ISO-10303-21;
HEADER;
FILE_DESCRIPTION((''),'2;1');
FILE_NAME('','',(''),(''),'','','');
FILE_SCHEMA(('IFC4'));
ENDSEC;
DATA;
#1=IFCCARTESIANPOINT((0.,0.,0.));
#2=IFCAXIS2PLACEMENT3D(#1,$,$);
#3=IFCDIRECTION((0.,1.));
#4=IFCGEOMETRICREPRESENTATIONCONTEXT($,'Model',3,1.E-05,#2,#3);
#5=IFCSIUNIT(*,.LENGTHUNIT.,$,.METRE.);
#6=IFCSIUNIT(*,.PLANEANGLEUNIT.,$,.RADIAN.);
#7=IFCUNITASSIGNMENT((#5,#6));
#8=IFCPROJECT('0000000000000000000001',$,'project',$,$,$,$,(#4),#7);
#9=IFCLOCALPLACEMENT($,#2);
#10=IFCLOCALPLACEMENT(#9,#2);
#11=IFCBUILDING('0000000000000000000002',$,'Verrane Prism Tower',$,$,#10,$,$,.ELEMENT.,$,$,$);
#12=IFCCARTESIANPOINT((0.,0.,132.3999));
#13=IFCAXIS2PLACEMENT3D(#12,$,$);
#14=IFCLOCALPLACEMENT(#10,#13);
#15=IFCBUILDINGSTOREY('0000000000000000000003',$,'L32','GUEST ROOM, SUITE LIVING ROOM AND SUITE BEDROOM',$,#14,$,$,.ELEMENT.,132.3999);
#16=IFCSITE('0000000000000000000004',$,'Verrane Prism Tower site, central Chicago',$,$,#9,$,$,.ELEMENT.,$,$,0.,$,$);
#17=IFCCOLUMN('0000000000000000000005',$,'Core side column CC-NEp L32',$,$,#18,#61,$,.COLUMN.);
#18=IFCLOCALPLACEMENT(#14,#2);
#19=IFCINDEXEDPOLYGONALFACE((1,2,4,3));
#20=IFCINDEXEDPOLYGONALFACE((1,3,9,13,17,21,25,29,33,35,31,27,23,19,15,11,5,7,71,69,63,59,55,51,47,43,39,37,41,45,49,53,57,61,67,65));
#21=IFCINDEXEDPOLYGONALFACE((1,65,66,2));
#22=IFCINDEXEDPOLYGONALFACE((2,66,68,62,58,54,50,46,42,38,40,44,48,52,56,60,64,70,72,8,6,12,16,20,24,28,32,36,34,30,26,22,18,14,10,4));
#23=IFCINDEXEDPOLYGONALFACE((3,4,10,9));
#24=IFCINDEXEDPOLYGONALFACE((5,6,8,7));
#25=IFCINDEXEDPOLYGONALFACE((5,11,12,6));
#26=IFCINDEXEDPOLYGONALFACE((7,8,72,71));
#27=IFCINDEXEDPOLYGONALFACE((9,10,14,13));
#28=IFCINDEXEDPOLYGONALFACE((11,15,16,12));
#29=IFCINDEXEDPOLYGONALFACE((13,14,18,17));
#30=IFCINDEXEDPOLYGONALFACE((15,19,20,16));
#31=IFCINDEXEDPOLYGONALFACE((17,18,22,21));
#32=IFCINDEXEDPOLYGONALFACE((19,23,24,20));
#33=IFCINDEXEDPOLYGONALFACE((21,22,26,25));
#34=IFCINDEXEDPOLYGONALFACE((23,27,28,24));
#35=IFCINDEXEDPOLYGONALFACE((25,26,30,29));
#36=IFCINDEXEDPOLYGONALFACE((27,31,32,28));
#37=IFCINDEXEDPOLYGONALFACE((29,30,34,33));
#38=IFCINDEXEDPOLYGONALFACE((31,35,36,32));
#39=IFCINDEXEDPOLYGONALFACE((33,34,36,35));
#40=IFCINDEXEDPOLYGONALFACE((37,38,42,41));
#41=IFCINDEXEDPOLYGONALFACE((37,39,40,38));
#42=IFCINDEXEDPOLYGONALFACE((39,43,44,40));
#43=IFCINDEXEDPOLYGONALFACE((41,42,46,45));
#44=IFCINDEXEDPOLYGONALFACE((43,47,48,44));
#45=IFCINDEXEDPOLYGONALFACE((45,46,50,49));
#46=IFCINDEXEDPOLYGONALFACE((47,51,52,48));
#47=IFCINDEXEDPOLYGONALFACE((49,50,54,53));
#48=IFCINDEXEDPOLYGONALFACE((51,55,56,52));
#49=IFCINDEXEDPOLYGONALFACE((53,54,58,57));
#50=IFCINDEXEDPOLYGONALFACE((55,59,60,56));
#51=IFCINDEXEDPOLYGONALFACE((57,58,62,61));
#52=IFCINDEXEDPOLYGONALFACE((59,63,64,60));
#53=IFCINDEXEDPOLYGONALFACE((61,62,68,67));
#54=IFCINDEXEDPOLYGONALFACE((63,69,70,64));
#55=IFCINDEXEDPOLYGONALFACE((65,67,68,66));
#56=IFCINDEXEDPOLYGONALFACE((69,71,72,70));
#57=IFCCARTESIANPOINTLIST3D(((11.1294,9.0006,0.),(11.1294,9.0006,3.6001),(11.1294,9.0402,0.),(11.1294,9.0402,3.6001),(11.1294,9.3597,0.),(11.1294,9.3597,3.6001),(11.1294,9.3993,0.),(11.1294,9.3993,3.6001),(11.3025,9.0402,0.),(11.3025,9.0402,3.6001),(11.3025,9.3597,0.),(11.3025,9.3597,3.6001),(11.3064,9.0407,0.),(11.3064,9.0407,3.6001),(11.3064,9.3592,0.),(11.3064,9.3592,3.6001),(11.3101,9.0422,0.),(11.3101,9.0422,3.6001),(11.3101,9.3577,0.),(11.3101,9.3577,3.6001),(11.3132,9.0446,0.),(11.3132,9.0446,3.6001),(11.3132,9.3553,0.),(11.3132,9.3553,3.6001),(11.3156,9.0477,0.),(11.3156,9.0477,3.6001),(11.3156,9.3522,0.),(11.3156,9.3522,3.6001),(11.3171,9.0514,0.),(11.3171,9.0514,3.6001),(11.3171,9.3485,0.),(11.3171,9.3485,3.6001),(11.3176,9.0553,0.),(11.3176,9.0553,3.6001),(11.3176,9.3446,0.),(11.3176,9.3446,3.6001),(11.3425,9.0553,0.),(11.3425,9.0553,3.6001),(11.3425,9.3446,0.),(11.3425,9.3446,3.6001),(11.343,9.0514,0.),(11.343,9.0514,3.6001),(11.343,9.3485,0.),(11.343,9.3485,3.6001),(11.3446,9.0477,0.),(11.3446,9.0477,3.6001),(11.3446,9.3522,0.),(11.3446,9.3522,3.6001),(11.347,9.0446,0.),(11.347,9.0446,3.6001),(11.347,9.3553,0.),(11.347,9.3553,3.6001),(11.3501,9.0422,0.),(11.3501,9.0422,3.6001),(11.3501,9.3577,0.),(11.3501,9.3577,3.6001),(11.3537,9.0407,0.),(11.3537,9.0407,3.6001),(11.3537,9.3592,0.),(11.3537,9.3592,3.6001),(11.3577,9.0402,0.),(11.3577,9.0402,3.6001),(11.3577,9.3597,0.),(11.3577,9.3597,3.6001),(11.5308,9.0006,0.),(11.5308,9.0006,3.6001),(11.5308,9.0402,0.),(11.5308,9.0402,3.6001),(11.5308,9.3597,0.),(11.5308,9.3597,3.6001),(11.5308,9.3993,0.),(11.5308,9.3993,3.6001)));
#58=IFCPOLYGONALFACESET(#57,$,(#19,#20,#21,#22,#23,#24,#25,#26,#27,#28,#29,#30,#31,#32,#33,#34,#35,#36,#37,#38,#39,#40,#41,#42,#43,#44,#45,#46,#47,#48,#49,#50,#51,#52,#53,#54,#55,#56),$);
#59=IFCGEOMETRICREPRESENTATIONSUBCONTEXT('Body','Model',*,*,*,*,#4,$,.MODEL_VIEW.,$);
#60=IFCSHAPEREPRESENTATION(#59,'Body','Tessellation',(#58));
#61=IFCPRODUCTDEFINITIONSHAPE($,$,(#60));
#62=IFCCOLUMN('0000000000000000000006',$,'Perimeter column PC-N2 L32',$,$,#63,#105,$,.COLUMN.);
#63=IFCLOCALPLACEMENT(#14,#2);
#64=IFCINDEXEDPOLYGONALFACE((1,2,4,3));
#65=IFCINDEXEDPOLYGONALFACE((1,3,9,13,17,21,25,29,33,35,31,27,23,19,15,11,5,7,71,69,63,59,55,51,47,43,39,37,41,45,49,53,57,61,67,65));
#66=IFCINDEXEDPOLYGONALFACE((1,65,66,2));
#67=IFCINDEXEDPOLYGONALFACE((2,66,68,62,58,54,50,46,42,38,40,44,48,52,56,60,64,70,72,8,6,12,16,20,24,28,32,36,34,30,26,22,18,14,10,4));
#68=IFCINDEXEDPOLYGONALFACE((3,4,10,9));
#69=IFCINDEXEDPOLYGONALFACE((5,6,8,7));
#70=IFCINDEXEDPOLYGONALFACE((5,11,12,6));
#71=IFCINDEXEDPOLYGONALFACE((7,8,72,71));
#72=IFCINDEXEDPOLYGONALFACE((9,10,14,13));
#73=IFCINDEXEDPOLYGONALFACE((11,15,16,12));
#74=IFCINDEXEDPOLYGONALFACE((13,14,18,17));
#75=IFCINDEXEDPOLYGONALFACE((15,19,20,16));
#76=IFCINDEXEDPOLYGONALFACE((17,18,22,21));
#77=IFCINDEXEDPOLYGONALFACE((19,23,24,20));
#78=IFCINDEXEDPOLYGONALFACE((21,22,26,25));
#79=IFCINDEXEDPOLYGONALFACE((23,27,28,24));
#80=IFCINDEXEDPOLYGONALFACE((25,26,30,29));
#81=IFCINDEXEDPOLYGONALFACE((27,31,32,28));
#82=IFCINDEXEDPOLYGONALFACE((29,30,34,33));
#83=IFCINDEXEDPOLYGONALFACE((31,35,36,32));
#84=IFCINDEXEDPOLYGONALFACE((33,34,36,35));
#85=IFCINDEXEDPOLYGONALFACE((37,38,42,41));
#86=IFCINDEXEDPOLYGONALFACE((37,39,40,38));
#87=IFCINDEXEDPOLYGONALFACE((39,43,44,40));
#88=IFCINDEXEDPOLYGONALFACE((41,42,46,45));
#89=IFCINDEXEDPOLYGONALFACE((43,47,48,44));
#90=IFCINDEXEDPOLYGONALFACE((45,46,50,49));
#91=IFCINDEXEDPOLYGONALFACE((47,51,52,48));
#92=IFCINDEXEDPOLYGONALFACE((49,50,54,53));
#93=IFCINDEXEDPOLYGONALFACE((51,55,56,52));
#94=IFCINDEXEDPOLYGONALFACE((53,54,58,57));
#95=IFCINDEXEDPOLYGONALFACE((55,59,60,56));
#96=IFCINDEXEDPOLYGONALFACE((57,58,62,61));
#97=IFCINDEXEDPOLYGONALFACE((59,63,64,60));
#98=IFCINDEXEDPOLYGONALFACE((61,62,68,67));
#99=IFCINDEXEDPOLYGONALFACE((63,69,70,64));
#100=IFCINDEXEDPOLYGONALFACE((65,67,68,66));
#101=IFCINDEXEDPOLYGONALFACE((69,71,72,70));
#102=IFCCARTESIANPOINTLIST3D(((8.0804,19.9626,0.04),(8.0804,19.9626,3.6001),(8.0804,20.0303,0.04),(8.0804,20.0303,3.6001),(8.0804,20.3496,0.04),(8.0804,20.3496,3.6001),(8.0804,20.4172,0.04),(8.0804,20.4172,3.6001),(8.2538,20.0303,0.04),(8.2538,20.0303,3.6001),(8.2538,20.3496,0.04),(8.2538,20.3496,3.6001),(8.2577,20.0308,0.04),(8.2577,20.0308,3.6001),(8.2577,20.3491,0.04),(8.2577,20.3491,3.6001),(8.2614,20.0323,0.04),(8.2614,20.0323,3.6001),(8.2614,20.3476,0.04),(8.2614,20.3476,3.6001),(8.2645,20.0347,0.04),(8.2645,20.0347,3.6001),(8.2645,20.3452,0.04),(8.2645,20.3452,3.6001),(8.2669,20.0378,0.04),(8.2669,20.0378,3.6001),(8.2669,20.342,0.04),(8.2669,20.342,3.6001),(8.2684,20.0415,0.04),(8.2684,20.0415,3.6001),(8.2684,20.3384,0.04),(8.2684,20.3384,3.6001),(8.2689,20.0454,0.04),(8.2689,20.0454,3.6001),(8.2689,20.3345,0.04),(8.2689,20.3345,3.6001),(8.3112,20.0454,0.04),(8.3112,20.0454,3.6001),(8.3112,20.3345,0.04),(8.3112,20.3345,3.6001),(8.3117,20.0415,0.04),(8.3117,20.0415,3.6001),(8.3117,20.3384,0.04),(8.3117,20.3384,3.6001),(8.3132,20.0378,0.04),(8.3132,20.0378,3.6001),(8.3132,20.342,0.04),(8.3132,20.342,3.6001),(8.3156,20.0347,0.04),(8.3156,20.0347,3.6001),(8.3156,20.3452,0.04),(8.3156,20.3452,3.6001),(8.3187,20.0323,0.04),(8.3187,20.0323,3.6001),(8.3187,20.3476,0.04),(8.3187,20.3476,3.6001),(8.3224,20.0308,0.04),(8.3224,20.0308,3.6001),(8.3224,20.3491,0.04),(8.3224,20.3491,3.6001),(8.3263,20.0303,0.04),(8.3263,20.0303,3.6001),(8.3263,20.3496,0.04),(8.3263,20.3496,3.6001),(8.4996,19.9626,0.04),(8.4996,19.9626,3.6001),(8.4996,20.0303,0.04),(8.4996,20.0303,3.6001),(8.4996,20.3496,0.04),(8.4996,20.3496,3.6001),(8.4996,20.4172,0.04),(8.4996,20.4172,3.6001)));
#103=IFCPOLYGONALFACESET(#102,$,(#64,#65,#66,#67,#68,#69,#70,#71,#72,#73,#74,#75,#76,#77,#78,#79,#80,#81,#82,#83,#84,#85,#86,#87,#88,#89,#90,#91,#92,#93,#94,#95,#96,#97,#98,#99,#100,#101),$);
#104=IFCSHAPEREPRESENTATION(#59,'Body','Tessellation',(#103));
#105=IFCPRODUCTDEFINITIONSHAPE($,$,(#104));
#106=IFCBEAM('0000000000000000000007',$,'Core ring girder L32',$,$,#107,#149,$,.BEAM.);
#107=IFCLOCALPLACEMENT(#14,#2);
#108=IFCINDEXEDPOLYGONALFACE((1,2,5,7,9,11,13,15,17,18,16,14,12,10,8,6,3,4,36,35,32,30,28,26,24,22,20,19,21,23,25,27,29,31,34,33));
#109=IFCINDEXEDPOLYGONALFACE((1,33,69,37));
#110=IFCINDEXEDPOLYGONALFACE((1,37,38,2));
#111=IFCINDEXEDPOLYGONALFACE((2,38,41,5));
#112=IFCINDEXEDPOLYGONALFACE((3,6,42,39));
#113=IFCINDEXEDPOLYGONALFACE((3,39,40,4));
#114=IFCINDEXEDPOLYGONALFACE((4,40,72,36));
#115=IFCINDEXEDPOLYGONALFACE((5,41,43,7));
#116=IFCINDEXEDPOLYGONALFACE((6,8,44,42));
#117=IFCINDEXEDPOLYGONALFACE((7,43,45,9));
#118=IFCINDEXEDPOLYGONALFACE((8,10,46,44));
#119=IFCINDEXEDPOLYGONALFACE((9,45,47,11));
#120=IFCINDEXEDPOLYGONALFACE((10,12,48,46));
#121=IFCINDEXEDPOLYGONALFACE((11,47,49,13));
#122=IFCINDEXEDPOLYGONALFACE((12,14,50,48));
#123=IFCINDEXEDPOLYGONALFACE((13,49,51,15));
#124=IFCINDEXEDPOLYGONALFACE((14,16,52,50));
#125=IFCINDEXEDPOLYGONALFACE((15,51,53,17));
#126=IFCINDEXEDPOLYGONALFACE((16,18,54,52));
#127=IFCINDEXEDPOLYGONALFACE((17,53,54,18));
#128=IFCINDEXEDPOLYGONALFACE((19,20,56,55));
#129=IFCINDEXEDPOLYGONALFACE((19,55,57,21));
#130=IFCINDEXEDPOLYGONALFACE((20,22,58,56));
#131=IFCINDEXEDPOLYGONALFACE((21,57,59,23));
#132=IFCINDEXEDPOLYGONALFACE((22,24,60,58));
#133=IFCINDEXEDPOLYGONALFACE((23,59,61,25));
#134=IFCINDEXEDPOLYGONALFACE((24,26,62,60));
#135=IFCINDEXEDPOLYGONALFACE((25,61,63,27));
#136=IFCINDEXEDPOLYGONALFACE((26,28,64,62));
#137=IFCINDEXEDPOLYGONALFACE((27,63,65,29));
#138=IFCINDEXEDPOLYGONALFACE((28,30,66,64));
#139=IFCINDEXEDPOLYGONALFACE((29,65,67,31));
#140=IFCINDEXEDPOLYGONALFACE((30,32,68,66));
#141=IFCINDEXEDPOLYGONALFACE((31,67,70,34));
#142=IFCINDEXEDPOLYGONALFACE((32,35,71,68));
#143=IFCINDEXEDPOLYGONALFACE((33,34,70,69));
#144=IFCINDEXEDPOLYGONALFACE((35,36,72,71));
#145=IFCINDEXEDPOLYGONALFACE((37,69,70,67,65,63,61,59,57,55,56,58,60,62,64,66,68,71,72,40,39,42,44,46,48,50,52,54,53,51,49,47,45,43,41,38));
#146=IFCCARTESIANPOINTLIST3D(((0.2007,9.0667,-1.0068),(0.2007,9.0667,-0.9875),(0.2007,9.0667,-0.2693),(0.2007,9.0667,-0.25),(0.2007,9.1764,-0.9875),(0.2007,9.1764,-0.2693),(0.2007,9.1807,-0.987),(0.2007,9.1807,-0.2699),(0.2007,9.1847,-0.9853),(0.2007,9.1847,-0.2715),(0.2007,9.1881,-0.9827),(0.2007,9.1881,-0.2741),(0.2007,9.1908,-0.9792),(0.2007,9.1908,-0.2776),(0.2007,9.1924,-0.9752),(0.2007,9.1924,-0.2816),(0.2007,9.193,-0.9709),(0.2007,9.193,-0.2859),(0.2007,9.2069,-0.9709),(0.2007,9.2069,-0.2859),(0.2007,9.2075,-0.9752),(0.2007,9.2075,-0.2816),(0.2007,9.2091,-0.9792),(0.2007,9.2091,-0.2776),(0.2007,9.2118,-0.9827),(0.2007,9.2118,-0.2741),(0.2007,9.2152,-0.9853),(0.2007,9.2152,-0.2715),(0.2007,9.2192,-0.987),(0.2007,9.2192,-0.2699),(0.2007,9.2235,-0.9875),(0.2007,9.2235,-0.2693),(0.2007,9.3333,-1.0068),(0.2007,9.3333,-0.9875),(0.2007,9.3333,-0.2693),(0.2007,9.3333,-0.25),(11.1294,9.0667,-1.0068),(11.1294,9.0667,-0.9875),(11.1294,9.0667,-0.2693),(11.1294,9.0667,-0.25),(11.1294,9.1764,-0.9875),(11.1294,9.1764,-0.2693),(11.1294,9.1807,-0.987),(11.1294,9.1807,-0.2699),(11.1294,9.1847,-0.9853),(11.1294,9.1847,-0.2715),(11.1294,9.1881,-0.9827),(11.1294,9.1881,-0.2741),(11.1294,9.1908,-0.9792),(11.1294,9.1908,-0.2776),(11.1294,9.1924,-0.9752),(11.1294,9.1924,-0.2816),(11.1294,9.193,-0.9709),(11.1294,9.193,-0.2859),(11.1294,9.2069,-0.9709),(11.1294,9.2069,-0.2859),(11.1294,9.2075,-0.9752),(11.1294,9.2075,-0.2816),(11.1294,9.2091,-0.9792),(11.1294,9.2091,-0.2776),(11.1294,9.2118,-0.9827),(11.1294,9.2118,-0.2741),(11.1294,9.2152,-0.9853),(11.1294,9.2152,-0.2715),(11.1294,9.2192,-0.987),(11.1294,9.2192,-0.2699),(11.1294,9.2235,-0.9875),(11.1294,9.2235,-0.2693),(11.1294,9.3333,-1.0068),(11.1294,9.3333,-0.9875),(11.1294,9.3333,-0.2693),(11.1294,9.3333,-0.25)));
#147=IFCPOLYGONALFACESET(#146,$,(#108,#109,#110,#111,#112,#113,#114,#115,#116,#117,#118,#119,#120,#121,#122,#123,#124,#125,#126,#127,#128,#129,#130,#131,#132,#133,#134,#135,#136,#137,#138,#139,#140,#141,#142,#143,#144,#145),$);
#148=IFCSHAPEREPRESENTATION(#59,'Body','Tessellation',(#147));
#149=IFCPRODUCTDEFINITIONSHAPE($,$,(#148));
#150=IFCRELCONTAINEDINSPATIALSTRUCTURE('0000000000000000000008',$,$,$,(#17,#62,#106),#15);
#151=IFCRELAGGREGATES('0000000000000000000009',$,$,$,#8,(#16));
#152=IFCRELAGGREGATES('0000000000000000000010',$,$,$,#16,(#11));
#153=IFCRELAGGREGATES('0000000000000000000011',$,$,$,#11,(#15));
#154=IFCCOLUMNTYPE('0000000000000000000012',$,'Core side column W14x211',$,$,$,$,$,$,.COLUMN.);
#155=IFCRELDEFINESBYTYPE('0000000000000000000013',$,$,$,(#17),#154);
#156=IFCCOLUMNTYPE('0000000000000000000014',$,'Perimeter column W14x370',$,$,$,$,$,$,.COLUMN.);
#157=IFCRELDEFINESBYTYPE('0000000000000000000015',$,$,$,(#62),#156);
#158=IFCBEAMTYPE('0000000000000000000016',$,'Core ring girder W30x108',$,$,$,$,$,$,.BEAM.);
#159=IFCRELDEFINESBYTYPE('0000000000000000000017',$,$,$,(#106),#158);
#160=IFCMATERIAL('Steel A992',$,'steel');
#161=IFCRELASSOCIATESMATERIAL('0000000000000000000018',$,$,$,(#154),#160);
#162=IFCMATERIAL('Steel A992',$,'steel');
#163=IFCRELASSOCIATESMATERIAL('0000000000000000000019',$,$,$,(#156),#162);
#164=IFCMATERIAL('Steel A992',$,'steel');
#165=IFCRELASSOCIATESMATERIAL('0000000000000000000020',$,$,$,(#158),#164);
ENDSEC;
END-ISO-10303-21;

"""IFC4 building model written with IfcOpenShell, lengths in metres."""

from ifc_helpers import new_model, si_unit, direction, frame, origin, origin_2d, place, context, subcontext, project, spatial, i_section, extrude, material, material_profile, profile_set, type_object, element, save


model = new_model("IFC4")

# Units and contexts
model_context = context("Model", 3, precision=1e-05, world=origin(), true_north=direction((0.0, 1.0)))
body_context = subcontext(model_context, "Body", "Model", "MODEL_VIEW")
ifc_project = project(units=[si_unit("LENGTHUNIT", "METRE"), si_unit("PLANEANGLEUNIT", "RADIAN")], contexts=[model_context])

# Site, building, storey
site_placement = place(None, origin())
site = spatial("IfcSite", under=ifc_project, at=site_placement, Name="Verrane Prism Tower site, central Chicago", CompositionType="ELEMENT", RefElevation=0.0)
building_placement = place(site_placement, origin())
building = spatial("IfcBuilding", under=site, at=building_placement, Name="Verrane Prism Tower", CompositionType="ELEMENT")
storey_placement = place(building_placement, frame((0.0, 0.0, 132.3999)))
storey = spatial("IfcBuildingStorey", under=building, at=storey_placement, Name="L32", Description="GUEST ROOM, SUITE LIVING ROOM AND SUITE BEDROOM", CompositionType="ELEMENT", Elevation=132.3999)

# Columns
ifc_material_1 = material(Name="Steel A992", Category="steel")
ifc_material_profile_1 = material_profile(ifc_material_1, i_section(OverallWidth=0.4014, OverallDepth=0.3987, WebThickness=0.0249, FlangeThickness=0.0396, FilletRadius=0.0151, at=origin_2d()), Name="W14x211")
ifc_profile_set_1 = profile_set([ifc_material_profile_1], Name="Steel A992")
column_type_1 = type_object("IfcColumnType", Name="Core side column W14x211", PredefinedType="COLUMN", material=ifc_profile_set_1)
column_1_placement = place(storey_placement, frame((11.3301, 9.2, 0.0), z_axis=(0.0, 0.0, 1.0), x_axis=(1.0, 0.0, 0.0)))
element("IfcColumn", 1, at=column_1_placement, inside=storey, type_object=column_type_1, Name="Core side column CC-NEp L32", PredefinedType="COLUMN", context=body_context, shape_type="SweptSolid", body=[
    extrude(i_section(OverallWidth=0.4014, OverallDepth=0.3987, WebThickness=0.0249, FlangeThickness=0.0396, FilletRadius=0.0151, at=origin_2d()), origin(), (0.0, 0.0, 1.0), 3.6001),
])
ifc_material_2 = material(Name="Steel A992", Category="steel")
ifc_material_profile_2 = material_profile(ifc_material_2, i_section(OverallWidth=0.4192, OverallDepth=0.4546, WebThickness=0.0422, FlangeThickness=0.0676, FilletRadius=0.0151, at=origin_2d()), Name="W14x370")
ifc_profile_set_2 = profile_set([ifc_material_profile_2], Name="Steel A992")
column_type_2 = type_object("IfcColumnType", Name="Perimeter column W14x370", PredefinedType="COLUMN", material=ifc_profile_set_2)
column_2_placement = place(storey_placement, frame((8.29, 20.1899, 0.04), z_axis=(0.0, 0.0, 1.0), x_axis=(1.0, 0.0, 0.0)))
element("IfcColumn", 2, at=column_2_placement, inside=storey, type_object=column_type_2, Name="Perimeter column PC-N2 L32", PredefinedType="COLUMN", context=body_context, shape_type="SweptSolid", body=[
    extrude(i_section(OverallWidth=0.4192, OverallDepth=0.4546, WebThickness=0.0422, FlangeThickness=0.0676, FilletRadius=0.0151, at=origin_2d()), origin(), (0.0, 0.0, 1.0), 3.5601),
])

# Beam
ifc_material_3 = material(Name="Steel A992", Category="steel")
ifc_material_profile_3 = material_profile(ifc_material_3, i_section(OverallWidth=0.2666, OverallDepth=0.7568, WebThickness=0.0139, FlangeThickness=0.0193, FilletRadius=0.0166, at=origin_2d()), Name="W30x108")
ifc_profile_set_3 = profile_set([ifc_material_profile_3], Name="Steel A992")
beam_type_1 = type_object("IfcBeamType", Name="Core ring girder W30x108", PredefinedType="BEAM", material=ifc_profile_set_3)
beam_1_placement = place(storey_placement, frame((11.1294, 9.2, -0.6284), z_axis=(-1.0, 0.0, 0.0), x_axis=(0.0, -1.0, 0.0)))
element("IfcBeam", 3, at=beam_1_placement, inside=storey, type_object=beam_type_1, Name="Core ring girder L32", PredefinedType="BEAM", context=body_context, shape_type="SweptSolid", body=[
    extrude(i_section(OverallWidth=0.2666, OverallDepth=0.7568, WebThickness=0.0139, FlangeThickness=0.0193, FilletRadius=0.0166, at=origin_2d()), origin(), (0.0, 0.0, 1.0), 10.9287),
])

save(model, "model.ifc")
